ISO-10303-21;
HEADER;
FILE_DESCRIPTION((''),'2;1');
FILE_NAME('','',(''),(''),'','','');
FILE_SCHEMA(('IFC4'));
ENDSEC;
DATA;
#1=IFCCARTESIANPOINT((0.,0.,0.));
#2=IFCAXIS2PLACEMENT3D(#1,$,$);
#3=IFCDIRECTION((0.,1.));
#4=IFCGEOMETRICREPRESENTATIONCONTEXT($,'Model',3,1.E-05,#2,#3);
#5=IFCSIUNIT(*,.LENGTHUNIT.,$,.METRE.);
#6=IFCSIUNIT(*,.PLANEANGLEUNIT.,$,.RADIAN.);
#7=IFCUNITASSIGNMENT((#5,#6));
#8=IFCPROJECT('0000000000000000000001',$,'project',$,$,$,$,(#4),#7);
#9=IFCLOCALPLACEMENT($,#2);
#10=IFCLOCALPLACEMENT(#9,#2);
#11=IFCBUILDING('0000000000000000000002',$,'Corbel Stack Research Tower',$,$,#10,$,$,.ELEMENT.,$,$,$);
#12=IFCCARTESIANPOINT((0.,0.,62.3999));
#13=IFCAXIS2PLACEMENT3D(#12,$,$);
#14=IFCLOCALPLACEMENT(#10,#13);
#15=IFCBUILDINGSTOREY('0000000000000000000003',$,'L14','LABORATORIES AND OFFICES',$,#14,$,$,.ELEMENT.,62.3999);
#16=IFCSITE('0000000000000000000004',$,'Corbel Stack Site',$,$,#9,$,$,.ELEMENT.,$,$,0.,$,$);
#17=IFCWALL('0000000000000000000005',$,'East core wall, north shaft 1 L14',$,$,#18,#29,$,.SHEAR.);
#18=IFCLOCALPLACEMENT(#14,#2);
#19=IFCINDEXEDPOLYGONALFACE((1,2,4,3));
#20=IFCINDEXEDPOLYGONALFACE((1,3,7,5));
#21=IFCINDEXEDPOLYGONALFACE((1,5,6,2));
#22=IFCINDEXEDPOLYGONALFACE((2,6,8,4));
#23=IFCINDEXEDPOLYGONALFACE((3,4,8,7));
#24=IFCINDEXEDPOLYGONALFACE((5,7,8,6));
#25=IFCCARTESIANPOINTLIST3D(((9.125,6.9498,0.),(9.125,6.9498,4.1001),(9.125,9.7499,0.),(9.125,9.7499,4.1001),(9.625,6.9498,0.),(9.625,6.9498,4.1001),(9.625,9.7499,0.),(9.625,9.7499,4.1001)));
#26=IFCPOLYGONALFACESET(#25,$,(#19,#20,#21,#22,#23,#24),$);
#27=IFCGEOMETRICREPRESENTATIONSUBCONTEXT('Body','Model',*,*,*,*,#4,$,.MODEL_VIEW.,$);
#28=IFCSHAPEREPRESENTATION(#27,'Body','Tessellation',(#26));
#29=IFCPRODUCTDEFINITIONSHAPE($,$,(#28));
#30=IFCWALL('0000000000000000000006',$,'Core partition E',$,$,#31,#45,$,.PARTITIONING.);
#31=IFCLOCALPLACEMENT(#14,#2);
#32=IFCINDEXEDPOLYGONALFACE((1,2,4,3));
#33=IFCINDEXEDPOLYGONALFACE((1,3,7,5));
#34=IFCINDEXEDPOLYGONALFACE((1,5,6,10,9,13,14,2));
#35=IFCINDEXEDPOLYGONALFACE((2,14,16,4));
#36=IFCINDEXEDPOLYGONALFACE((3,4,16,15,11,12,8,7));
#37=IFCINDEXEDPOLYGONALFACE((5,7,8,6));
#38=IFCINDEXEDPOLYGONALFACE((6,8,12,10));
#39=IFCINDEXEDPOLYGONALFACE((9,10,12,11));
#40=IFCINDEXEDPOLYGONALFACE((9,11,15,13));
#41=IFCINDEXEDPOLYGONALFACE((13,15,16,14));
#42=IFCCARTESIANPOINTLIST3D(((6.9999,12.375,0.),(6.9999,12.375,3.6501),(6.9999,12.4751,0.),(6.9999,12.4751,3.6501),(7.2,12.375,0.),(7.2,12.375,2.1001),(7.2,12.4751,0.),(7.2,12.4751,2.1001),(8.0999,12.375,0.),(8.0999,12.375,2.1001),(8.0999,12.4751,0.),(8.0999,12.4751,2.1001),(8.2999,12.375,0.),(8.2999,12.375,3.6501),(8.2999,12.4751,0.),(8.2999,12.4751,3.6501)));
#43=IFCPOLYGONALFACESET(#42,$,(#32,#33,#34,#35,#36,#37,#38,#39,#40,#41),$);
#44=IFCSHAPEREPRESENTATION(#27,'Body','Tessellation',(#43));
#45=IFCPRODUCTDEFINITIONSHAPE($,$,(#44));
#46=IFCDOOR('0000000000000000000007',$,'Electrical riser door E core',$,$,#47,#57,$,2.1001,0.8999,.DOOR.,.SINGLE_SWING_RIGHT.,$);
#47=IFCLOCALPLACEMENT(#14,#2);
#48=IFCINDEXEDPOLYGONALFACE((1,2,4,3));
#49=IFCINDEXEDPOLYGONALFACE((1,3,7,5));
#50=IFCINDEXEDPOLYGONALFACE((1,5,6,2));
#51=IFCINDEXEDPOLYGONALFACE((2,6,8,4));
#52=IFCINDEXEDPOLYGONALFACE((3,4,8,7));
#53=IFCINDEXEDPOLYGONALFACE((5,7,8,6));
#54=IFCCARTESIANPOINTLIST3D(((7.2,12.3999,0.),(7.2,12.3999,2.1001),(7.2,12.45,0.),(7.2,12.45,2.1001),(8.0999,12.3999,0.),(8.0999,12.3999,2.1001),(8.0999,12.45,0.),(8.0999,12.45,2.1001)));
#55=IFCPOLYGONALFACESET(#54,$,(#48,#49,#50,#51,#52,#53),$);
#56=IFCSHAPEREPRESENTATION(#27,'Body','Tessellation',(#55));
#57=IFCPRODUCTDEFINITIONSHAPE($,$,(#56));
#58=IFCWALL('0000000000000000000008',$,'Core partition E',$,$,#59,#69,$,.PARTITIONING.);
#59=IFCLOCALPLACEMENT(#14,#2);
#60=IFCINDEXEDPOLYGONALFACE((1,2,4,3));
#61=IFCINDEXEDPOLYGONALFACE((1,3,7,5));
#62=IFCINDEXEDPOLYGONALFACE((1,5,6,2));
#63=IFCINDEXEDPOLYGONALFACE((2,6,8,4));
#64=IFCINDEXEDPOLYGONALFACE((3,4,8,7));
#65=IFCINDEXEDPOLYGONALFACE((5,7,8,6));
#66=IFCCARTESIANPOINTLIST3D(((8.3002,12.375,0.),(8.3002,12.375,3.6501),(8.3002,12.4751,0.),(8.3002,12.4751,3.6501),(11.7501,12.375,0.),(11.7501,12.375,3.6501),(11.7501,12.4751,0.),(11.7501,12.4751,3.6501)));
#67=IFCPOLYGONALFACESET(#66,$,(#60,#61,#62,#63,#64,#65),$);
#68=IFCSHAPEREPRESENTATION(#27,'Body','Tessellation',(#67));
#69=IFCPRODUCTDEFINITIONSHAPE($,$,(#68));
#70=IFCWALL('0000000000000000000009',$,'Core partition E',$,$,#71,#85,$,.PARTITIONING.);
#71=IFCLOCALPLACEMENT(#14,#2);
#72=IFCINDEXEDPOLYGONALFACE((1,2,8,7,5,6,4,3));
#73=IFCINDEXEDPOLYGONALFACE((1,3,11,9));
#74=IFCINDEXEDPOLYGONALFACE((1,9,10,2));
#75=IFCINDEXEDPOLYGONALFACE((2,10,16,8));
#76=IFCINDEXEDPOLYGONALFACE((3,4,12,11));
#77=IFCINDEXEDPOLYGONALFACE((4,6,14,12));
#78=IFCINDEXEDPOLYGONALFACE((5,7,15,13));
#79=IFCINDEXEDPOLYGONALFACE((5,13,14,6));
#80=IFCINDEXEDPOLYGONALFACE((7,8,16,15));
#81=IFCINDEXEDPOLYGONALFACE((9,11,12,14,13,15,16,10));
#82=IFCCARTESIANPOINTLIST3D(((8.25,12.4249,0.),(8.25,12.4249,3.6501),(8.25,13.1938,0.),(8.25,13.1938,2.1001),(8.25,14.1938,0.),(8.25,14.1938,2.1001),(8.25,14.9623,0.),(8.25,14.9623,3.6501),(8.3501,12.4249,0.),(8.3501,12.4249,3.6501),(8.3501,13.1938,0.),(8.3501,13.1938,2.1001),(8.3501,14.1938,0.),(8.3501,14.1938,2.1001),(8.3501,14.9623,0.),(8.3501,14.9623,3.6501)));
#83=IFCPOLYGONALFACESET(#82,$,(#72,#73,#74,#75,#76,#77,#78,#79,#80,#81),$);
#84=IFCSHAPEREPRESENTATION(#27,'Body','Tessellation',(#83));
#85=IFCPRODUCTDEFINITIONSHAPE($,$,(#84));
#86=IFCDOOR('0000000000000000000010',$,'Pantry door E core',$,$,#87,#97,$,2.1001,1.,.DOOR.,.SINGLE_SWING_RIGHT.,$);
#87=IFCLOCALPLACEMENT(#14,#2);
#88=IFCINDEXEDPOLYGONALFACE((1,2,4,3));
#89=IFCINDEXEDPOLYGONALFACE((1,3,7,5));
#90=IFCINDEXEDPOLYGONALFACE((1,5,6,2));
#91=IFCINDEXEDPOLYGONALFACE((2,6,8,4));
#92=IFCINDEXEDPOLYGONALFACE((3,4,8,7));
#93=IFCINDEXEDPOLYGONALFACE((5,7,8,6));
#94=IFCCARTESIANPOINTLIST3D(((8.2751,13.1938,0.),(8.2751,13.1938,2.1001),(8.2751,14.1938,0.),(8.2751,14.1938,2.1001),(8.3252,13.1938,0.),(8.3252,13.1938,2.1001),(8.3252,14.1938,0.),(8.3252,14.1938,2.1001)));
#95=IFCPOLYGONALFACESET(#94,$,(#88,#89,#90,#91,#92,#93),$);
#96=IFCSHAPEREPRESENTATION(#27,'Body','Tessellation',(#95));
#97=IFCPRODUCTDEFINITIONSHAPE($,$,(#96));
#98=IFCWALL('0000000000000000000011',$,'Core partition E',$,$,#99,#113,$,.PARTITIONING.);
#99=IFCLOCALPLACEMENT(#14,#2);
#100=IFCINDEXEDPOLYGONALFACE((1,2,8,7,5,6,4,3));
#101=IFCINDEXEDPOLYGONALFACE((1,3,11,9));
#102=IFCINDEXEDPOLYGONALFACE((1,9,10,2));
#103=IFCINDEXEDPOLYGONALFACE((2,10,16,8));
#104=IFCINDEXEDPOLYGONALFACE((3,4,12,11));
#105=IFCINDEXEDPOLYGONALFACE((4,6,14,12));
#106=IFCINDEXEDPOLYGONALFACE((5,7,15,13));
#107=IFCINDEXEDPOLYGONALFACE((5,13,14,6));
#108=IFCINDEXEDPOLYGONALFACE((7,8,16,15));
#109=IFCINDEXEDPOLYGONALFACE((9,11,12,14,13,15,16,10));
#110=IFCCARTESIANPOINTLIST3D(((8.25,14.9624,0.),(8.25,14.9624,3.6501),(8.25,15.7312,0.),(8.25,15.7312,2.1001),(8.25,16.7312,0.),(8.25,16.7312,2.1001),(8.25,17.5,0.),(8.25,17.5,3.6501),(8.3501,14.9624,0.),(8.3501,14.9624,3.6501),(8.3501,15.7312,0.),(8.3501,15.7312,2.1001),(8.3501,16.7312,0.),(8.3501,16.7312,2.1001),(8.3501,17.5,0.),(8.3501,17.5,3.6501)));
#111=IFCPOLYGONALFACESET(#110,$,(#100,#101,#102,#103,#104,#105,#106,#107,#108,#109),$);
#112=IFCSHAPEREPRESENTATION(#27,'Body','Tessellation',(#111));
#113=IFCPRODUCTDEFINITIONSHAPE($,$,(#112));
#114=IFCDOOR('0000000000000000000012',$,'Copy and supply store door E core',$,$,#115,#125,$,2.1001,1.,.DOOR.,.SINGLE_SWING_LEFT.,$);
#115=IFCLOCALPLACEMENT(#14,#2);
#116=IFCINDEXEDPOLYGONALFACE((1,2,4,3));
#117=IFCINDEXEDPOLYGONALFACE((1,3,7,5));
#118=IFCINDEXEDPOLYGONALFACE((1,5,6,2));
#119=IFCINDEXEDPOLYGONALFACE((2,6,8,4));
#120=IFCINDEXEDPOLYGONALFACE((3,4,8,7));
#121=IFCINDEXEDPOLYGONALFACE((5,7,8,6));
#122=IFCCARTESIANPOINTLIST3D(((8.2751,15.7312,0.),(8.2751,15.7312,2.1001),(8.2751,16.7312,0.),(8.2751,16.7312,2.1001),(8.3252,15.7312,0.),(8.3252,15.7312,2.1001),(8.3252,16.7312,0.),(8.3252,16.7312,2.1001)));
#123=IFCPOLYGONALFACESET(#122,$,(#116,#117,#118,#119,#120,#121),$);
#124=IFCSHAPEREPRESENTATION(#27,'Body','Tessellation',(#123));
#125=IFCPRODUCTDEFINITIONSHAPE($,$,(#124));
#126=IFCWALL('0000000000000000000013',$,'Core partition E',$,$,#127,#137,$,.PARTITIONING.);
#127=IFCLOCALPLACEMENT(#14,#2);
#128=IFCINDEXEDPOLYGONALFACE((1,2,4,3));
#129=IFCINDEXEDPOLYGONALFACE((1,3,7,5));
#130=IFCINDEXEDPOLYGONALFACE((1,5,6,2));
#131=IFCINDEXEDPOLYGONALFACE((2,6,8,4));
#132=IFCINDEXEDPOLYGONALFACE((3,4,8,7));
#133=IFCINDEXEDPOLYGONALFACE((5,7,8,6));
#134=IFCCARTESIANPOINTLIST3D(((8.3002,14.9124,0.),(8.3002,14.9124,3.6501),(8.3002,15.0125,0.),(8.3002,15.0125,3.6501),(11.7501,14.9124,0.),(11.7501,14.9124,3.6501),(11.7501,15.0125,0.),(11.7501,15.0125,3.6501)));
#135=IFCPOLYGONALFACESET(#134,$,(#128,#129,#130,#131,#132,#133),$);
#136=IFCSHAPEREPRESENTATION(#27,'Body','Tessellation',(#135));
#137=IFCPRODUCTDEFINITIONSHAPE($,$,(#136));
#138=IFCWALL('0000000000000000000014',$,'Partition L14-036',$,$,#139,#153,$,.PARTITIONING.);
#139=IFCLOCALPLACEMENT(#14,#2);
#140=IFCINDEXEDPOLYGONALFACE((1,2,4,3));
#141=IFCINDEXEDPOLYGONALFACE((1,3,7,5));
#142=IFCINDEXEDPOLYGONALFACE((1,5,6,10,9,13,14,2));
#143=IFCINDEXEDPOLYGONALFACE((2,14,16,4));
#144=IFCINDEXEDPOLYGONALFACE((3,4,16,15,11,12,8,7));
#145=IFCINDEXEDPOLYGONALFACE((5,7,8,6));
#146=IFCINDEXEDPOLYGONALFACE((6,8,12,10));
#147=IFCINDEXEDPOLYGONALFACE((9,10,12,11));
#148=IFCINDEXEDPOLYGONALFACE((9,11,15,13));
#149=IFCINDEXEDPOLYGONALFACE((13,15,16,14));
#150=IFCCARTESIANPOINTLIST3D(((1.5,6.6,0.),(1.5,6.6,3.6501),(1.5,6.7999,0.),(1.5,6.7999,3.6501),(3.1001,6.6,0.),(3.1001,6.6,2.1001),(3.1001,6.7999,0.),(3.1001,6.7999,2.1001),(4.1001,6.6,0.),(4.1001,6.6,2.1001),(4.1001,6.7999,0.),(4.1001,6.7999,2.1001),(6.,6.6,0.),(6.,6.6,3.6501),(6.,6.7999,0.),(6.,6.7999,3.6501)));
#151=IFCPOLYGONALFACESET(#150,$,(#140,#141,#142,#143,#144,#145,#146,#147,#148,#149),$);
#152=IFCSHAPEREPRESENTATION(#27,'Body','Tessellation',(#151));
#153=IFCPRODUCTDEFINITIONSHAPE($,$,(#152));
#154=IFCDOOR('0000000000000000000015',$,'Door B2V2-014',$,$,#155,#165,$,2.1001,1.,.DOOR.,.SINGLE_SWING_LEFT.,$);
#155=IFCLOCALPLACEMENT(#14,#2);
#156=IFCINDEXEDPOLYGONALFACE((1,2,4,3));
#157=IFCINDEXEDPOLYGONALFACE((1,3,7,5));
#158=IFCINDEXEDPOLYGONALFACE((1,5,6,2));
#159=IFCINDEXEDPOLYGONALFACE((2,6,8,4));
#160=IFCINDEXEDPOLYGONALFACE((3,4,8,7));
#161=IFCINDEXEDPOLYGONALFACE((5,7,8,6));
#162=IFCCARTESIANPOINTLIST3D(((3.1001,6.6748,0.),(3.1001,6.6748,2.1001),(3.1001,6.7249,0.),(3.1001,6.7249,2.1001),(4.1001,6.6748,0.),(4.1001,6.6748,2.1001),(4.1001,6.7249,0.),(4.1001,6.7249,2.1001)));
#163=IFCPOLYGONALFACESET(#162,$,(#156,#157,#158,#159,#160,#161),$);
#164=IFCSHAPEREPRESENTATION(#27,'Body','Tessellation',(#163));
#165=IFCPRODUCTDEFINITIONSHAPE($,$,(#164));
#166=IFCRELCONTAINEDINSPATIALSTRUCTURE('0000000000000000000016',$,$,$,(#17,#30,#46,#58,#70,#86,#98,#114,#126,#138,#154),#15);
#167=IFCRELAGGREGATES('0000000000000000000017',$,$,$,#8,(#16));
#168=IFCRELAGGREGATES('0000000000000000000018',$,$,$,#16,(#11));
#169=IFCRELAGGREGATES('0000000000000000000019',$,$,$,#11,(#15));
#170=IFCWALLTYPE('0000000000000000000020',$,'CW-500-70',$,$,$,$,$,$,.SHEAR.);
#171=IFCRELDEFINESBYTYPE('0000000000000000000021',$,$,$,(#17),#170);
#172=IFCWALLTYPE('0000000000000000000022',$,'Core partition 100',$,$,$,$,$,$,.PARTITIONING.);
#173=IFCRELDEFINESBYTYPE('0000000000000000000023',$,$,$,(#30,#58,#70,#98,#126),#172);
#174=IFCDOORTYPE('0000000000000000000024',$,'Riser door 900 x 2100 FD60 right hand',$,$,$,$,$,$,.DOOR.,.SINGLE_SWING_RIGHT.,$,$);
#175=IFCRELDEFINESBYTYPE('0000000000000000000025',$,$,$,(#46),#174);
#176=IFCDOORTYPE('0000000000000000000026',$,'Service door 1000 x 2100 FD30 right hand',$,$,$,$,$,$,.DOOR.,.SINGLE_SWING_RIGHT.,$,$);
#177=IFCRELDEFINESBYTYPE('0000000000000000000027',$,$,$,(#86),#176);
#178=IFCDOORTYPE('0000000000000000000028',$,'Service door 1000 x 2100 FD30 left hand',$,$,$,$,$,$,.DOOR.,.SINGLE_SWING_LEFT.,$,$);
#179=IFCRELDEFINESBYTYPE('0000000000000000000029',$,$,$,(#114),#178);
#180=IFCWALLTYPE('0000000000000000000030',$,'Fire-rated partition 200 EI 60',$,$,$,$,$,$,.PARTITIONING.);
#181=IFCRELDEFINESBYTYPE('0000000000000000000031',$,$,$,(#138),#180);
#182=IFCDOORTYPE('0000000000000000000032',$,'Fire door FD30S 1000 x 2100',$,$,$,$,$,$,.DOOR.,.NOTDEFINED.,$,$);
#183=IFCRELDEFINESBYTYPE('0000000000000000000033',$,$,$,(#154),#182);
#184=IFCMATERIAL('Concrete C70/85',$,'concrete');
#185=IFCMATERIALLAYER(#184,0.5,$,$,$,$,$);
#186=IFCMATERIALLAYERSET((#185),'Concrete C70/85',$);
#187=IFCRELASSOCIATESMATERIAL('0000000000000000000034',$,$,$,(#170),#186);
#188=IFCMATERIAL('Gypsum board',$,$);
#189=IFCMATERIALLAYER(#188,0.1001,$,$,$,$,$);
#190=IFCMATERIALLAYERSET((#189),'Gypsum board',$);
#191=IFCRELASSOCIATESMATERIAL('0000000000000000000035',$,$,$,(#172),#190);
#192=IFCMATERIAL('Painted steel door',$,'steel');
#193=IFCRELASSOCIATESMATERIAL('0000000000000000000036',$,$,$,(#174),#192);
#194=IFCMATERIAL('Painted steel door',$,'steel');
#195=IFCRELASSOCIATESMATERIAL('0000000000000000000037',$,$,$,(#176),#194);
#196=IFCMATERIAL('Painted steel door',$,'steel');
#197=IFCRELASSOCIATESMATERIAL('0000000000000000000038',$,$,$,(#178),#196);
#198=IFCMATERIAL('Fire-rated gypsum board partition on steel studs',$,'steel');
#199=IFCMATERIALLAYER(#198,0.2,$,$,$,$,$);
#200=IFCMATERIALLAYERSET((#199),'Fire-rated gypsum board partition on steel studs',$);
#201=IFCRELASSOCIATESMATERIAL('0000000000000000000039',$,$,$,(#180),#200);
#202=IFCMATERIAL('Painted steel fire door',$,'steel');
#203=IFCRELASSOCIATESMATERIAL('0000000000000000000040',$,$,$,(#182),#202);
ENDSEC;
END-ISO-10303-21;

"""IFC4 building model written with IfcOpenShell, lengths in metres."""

from ifc_helpers import new_model, si_unit, direction, frame, frame_2d, origin, place, context, subcontext, project, spatial, rectangle, extrude, material, layer, layer_set, type_object, element, fill, save


model = new_model("IFC4")

# Units and contexts
model_context = context("Model", 3, precision=1e-05, world=origin(), true_north=direction((0.0, 1.0)))
body_context = subcontext(model_context, "Body", "Model", "MODEL_VIEW")
ifc_project = project(units=[si_unit("LENGTHUNIT", "METRE"), si_unit("PLANEANGLEUNIT", "RADIAN")], contexts=[model_context])

# Site, building, storey
site_placement = place(None, origin())
site = spatial("IfcSite", under=ifc_project, at=site_placement, Name="Corbel Stack Site", CompositionType="ELEMENT", RefElevation=0.0)
building_placement = place(site_placement, origin())
building = spatial("IfcBuilding", under=site, at=building_placement, Name="Corbel Stack Research Tower", CompositionType="ELEMENT")
storey_placement = place(building_placement, frame((0.0, 0.0, 62.3999)))
storey = spatial("IfcBuildingStorey", under=building, at=storey_placement, Name="L14", Description="LABORATORIES AND OFFICES", CompositionType="ELEMENT", Elevation=62.3999)

# Shared definitions
ifc_material_1 = material(Name="Concrete C70/85", Category="concrete")
ifc_layer_1 = layer(ifc_material_1, 0.5)
ifc_layer_set_1 = layer_set([ifc_layer_1], Name="Concrete C70/85")
wall_type_1 = type_object("IfcWallType", Name="CW-500-70", PredefinedType="SHEAR", material=ifc_layer_set_1)

# Wall
wall_1_placement = place(storey_placement, frame((9.375, 6.95, 0.0), z_axis=(0.0, 0.0, 1.0), x_axis=(0.0, 1.0, 0.0)))
element("IfcWall", 1, at=wall_1_placement, inside=storey, type_object=wall_type_1, Name="East core wall, north shaft 1 L14", PredefinedType="SHEAR", context=body_context, shape_type="SweptSolid", body=[
    extrude(rectangle(XDim=2.8, YDim=0.5, at=frame_2d((1.3999, 0.0))), origin(), (0.0, 0.0, 1.0), 4.1001),
])

# Wall, opening, door
ifc_material_2 = material(Name="Gypsum board")
ifc_layer_2 = layer(ifc_material_2, 0.1001)
ifc_layer_set_2 = layer_set([ifc_layer_2], Name="Gypsum board")
wall_type_2 = type_object("IfcWallType", Name="Core partition 100", PredefinedType="PARTITIONING", material=ifc_layer_set_2)
wall_2_placement = place(storey_placement, frame((7.0, 12.425, 0.0), z_axis=(0.0, 0.0, 1.0), x_axis=(1.0, 0.0, 0.0)))
wall_2 = element("IfcWall", 2, at=wall_2_placement, inside=storey, type_object=wall_type_2, Name="Core partition E", PredefinedType="PARTITIONING", context=body_context, shape_type="SweptSolid", body=[
    extrude(rectangle(XDim=1.3, YDim=0.1001, at=frame_2d((0.6499, 0.0))), origin(), (0.0, 0.0, 1.0), 3.6501),
])
opening_1_placement = place(wall_2_placement, frame((0.2, 0.0, 0.0)))
opening_1 = element("IfcOpeningElement", 3, at=opening_1_placement, cuts=wall_2, PredefinedType="OPENING", context=body_context, shape_type="SweptSolid", body=[
    extrude(rectangle(XDim=0.8999, YDim=2.1001, at=frame_2d((0.45, 1.05))), frame((0.0, 0.0601, 0.0), z_axis=(0.0, -1.0, 0.0), x_axis=(1.0, 0.0, 0.0)), (0.0, 0.0, 1.0), 0.1201),
])
ifc_material_3 = material(Name="Painted steel door", Category="steel")
door_type_1 = type_object("IfcDoorType", Name="Riser door 900 x 2100 FD60 right hand", OperationType="SINGLE_SWING_RIGHT", PredefinedType="DOOR", material=ifc_material_3)
door_1_placement = place(opening_1_placement, origin())
door_1 = element("IfcDoor", 4, at=door_1_placement, inside=storey, type_object=door_type_1, Name="Electrical riser door E core", OperationType="SINGLE_SWING_RIGHT", OverallHeight=2.1001, OverallWidth=0.8999, PredefinedType="DOOR", context=body_context, shape_type="SweptSolid", body=[
    extrude(rectangle(XDim=0.8999, YDim=2.1001, at=frame_2d((0.45, 1.05))), frame((0.0, 0.0249, 0.0), z_axis=(0.0, -1.0, 0.0), x_axis=(1.0, 0.0, 0.0)), (0.0, 0.0, 1.0), 0.05),
])
fill(opening_1, door_1)

# Wall
wall_3_placement = place(storey_placement, frame((8.3, 12.425, 0.0), z_axis=(0.0, 0.0, 1.0), x_axis=(1.0, 0.0, 0.0)))
element("IfcWall", 5, at=wall_3_placement, inside=storey, type_object=wall_type_2, Name="Core partition E", PredefinedType="PARTITIONING", context=body_context, shape_type="SweptSolid", body=[
    extrude(rectangle(XDim=3.45, YDim=0.1001, at=frame_2d((1.7251, 0.0))), origin(), (0.0, 0.0, 1.0), 3.6501),
])

# Walls, openings, doors
wall_4_placement = place(storey_placement, frame((8.3, 12.425, 0.0), z_axis=(0.0, 0.0, 1.0), x_axis=(0.0, 1.0, 0.0)))
wall_4 = element("IfcWall", 6, at=wall_4_placement, inside=storey, type_object=wall_type_2, Name="Core partition E", PredefinedType="PARTITIONING", context=body_context, shape_type="SweptSolid", body=[
    extrude(rectangle(XDim=2.5374, YDim=0.1001, at=frame_2d((1.2686, 0.0))), origin(), (0.0, 0.0, 1.0), 3.6501),
])
opening_2_placement = place(wall_4_placement, frame((0.7688, 0.0, 0.0)))
opening_2 = element("IfcOpeningElement", 7, at=opening_2_placement, cuts=wall_4, PredefinedType="OPENING", context=body_context, shape_type="SweptSolid", body=[
    extrude(rectangle(XDim=1.0, YDim=2.1001, at=frame_2d((0.5, 1.05))), frame((0.0, 0.0601, 0.0), z_axis=(0.0, -1.0, 0.0), x_axis=(1.0, 0.0, 0.0)), (0.0, 0.0, 1.0), 0.1201),
])
ifc_material_4 = material(Name="Painted steel door", Category="steel")
door_type_2 = type_object("IfcDoorType", Name="Service door 1000 x 2100 FD30 right hand", OperationType="SINGLE_SWING_RIGHT", PredefinedType="DOOR", material=ifc_material_4)
door_2_placement = place(opening_2_placement, origin())
door_2 = element("IfcDoor", 8, at=door_2_placement, inside=storey, type_object=door_type_2, Name="Pantry door E core", OperationType="SINGLE_SWING_RIGHT", OverallHeight=2.1001, OverallWidth=1.0, PredefinedType="DOOR", context=body_context, shape_type="SweptSolid", body=[
    extrude(rectangle(XDim=1.0, YDim=2.1001, at=frame_2d((0.5, 1.05))), frame((0.0, 0.0249, 0.0), z_axis=(0.0, -1.0, 0.0), x_axis=(1.0, 0.0, 0.0)), (0.0, 0.0, 1.0), 0.05),
])
fill(opening_2, door_2)
wall_5_placement = place(storey_placement, frame((8.3, 14.9624, 0.0), z_axis=(0.0, 0.0, 1.0), x_axis=(0.0, 1.0, 0.0)))
wall_5 = element("IfcWall", 9, at=wall_5_placement, inside=storey, type_object=wall_type_2, Name="Core partition E", PredefinedType="PARTITIONING", context=body_context, shape_type="SweptSolid", body=[
    extrude(rectangle(XDim=2.5376, YDim=0.1001, at=frame_2d((1.2688, 0.0))), origin(), (0.0, 0.0, 1.0), 3.6501),
])
opening_3_placement = place(wall_5_placement, frame((0.7688, 0.0, 0.0)))
opening_3 = element("IfcOpeningElement", 10, at=opening_3_placement, cuts=wall_5, PredefinedType="OPENING", context=body_context, shape_type="SweptSolid", body=[
    extrude(rectangle(XDim=1.0, YDim=2.1001, at=frame_2d((0.5, 1.05))), frame((0.0, 0.0601, 0.0), z_axis=(0.0, -1.0, 0.0), x_axis=(1.0, 0.0, 0.0)), (0.0, 0.0, 1.0), 0.1201),
])
ifc_material_5 = material(Name="Painted steel door", Category="steel")
door_type_3 = type_object("IfcDoorType", Name="Service door 1000 x 2100 FD30 left hand", OperationType="SINGLE_SWING_LEFT", PredefinedType="DOOR", material=ifc_material_5)
door_3_placement = place(opening_3_placement, origin())
door_3 = element("IfcDoor", 11, at=door_3_placement, inside=storey, type_object=door_type_3, Name="Copy and supply store door E core", OperationType="SINGLE_SWING_LEFT", OverallHeight=2.1001, OverallWidth=1.0, PredefinedType="DOOR", context=body_context, shape_type="SweptSolid", body=[
    extrude(rectangle(XDim=1.0, YDim=2.1001, at=frame_2d((0.5, 1.05))), frame((0.0, 0.0249, 0.0), z_axis=(0.0, -1.0, 0.0), x_axis=(1.0, 0.0, 0.0)), (0.0, 0.0, 1.0), 0.05),
])
fill(opening_3, door_3)

# Wall
wall_6_placement = place(storey_placement, frame((8.3, 14.9624, 0.0), z_axis=(0.0, 0.0, 1.0), x_axis=(1.0, 0.0, 0.0)))
element("IfcWall", 12, at=wall_6_placement, inside=storey, type_object=wall_type_2, Name="Core partition E", PredefinedType="PARTITIONING", context=body_context, shape_type="SweptSolid", body=[
    extrude(rectangle(XDim=3.45, YDim=0.1001, at=frame_2d((1.7251, 0.0))), origin(), (0.0, 0.0, 1.0), 3.6501),
])

# Wall, opening, door
ifc_material_6 = material(Name="Fire-rated gypsum board partition on steel studs", Category="steel")
ifc_layer_3 = layer(ifc_material_6, 0.2)
ifc_layer_set_3 = layer_set([ifc_layer_3], Name="Fire-rated gypsum board partition on steel studs")
wall_type_3 = type_object("IfcWallType", Name="Fire-rated partition 200 EI 60", PredefinedType="PARTITIONING", material=ifc_layer_set_3)
wall_7_placement = place(storey_placement, frame((1.5, 6.7, 0.0), z_axis=(0.0, 0.0, 1.0), x_axis=(1.0, 0.0, 0.0)))
wall_7 = element("IfcWall", 13, at=wall_7_placement, inside=storey, type_object=wall_type_3, Name="Partition L14-036", PredefinedType="PARTITIONING", context=body_context, shape_type="SweptSolid", body=[
    extrude(rectangle(XDim=4.5, YDim=0.2, at=frame_2d((2.25, 0.0))), origin(), (0.0, 0.0, 1.0), 3.6501),
])
opening_4_placement = place(wall_7_placement, frame((1.6001, 0.0, 0.0)))
opening_4 = element("IfcOpeningElement", 14, at=opening_4_placement, cuts=wall_7, PredefinedType="OPENING", context=body_context, shape_type="SweptSolid", body=[
    extrude(rectangle(XDim=1.0, YDim=2.1001, at=frame_2d((0.5, 1.05))), frame((0.0, 0.1099, 0.0), z_axis=(0.0, -1.0, 0.0), x_axis=(1.0, 0.0, 0.0)), (0.0, 0.0, 1.0), 0.22),
])
ifc_material_7 = material(Name="Painted steel fire door", Category="steel")
door_type_4 = type_object("IfcDoorType", Name="Fire door FD30S 1000 x 2100", OperationType="NOTDEFINED", PredefinedType="DOOR", material=ifc_material_7)
door_4_placement = place(opening_4_placement, origin())
door_4 = element("IfcDoor", 15, at=door_4_placement, inside=storey, type_object=door_type_4, Name="Door B2V2-014", OperationType="SINGLE_SWING_LEFT", OverallHeight=2.1001, OverallWidth=1.0, PredefinedType="DOOR", context=body_context, shape_type="SweptSolid", body=[
    extrude(rectangle(XDim=1.0, YDim=2.1001, at=frame_2d((0.5, 1.05))), frame((0.0, 0.0249, 0.0), z_axis=(0.0, -1.0, 0.0), x_axis=(1.0, 0.0, 0.0)), (0.0, 0.0, 1.0), 0.05),
])
fill(opening_4, door_4)

save(model, "model.ifc")
